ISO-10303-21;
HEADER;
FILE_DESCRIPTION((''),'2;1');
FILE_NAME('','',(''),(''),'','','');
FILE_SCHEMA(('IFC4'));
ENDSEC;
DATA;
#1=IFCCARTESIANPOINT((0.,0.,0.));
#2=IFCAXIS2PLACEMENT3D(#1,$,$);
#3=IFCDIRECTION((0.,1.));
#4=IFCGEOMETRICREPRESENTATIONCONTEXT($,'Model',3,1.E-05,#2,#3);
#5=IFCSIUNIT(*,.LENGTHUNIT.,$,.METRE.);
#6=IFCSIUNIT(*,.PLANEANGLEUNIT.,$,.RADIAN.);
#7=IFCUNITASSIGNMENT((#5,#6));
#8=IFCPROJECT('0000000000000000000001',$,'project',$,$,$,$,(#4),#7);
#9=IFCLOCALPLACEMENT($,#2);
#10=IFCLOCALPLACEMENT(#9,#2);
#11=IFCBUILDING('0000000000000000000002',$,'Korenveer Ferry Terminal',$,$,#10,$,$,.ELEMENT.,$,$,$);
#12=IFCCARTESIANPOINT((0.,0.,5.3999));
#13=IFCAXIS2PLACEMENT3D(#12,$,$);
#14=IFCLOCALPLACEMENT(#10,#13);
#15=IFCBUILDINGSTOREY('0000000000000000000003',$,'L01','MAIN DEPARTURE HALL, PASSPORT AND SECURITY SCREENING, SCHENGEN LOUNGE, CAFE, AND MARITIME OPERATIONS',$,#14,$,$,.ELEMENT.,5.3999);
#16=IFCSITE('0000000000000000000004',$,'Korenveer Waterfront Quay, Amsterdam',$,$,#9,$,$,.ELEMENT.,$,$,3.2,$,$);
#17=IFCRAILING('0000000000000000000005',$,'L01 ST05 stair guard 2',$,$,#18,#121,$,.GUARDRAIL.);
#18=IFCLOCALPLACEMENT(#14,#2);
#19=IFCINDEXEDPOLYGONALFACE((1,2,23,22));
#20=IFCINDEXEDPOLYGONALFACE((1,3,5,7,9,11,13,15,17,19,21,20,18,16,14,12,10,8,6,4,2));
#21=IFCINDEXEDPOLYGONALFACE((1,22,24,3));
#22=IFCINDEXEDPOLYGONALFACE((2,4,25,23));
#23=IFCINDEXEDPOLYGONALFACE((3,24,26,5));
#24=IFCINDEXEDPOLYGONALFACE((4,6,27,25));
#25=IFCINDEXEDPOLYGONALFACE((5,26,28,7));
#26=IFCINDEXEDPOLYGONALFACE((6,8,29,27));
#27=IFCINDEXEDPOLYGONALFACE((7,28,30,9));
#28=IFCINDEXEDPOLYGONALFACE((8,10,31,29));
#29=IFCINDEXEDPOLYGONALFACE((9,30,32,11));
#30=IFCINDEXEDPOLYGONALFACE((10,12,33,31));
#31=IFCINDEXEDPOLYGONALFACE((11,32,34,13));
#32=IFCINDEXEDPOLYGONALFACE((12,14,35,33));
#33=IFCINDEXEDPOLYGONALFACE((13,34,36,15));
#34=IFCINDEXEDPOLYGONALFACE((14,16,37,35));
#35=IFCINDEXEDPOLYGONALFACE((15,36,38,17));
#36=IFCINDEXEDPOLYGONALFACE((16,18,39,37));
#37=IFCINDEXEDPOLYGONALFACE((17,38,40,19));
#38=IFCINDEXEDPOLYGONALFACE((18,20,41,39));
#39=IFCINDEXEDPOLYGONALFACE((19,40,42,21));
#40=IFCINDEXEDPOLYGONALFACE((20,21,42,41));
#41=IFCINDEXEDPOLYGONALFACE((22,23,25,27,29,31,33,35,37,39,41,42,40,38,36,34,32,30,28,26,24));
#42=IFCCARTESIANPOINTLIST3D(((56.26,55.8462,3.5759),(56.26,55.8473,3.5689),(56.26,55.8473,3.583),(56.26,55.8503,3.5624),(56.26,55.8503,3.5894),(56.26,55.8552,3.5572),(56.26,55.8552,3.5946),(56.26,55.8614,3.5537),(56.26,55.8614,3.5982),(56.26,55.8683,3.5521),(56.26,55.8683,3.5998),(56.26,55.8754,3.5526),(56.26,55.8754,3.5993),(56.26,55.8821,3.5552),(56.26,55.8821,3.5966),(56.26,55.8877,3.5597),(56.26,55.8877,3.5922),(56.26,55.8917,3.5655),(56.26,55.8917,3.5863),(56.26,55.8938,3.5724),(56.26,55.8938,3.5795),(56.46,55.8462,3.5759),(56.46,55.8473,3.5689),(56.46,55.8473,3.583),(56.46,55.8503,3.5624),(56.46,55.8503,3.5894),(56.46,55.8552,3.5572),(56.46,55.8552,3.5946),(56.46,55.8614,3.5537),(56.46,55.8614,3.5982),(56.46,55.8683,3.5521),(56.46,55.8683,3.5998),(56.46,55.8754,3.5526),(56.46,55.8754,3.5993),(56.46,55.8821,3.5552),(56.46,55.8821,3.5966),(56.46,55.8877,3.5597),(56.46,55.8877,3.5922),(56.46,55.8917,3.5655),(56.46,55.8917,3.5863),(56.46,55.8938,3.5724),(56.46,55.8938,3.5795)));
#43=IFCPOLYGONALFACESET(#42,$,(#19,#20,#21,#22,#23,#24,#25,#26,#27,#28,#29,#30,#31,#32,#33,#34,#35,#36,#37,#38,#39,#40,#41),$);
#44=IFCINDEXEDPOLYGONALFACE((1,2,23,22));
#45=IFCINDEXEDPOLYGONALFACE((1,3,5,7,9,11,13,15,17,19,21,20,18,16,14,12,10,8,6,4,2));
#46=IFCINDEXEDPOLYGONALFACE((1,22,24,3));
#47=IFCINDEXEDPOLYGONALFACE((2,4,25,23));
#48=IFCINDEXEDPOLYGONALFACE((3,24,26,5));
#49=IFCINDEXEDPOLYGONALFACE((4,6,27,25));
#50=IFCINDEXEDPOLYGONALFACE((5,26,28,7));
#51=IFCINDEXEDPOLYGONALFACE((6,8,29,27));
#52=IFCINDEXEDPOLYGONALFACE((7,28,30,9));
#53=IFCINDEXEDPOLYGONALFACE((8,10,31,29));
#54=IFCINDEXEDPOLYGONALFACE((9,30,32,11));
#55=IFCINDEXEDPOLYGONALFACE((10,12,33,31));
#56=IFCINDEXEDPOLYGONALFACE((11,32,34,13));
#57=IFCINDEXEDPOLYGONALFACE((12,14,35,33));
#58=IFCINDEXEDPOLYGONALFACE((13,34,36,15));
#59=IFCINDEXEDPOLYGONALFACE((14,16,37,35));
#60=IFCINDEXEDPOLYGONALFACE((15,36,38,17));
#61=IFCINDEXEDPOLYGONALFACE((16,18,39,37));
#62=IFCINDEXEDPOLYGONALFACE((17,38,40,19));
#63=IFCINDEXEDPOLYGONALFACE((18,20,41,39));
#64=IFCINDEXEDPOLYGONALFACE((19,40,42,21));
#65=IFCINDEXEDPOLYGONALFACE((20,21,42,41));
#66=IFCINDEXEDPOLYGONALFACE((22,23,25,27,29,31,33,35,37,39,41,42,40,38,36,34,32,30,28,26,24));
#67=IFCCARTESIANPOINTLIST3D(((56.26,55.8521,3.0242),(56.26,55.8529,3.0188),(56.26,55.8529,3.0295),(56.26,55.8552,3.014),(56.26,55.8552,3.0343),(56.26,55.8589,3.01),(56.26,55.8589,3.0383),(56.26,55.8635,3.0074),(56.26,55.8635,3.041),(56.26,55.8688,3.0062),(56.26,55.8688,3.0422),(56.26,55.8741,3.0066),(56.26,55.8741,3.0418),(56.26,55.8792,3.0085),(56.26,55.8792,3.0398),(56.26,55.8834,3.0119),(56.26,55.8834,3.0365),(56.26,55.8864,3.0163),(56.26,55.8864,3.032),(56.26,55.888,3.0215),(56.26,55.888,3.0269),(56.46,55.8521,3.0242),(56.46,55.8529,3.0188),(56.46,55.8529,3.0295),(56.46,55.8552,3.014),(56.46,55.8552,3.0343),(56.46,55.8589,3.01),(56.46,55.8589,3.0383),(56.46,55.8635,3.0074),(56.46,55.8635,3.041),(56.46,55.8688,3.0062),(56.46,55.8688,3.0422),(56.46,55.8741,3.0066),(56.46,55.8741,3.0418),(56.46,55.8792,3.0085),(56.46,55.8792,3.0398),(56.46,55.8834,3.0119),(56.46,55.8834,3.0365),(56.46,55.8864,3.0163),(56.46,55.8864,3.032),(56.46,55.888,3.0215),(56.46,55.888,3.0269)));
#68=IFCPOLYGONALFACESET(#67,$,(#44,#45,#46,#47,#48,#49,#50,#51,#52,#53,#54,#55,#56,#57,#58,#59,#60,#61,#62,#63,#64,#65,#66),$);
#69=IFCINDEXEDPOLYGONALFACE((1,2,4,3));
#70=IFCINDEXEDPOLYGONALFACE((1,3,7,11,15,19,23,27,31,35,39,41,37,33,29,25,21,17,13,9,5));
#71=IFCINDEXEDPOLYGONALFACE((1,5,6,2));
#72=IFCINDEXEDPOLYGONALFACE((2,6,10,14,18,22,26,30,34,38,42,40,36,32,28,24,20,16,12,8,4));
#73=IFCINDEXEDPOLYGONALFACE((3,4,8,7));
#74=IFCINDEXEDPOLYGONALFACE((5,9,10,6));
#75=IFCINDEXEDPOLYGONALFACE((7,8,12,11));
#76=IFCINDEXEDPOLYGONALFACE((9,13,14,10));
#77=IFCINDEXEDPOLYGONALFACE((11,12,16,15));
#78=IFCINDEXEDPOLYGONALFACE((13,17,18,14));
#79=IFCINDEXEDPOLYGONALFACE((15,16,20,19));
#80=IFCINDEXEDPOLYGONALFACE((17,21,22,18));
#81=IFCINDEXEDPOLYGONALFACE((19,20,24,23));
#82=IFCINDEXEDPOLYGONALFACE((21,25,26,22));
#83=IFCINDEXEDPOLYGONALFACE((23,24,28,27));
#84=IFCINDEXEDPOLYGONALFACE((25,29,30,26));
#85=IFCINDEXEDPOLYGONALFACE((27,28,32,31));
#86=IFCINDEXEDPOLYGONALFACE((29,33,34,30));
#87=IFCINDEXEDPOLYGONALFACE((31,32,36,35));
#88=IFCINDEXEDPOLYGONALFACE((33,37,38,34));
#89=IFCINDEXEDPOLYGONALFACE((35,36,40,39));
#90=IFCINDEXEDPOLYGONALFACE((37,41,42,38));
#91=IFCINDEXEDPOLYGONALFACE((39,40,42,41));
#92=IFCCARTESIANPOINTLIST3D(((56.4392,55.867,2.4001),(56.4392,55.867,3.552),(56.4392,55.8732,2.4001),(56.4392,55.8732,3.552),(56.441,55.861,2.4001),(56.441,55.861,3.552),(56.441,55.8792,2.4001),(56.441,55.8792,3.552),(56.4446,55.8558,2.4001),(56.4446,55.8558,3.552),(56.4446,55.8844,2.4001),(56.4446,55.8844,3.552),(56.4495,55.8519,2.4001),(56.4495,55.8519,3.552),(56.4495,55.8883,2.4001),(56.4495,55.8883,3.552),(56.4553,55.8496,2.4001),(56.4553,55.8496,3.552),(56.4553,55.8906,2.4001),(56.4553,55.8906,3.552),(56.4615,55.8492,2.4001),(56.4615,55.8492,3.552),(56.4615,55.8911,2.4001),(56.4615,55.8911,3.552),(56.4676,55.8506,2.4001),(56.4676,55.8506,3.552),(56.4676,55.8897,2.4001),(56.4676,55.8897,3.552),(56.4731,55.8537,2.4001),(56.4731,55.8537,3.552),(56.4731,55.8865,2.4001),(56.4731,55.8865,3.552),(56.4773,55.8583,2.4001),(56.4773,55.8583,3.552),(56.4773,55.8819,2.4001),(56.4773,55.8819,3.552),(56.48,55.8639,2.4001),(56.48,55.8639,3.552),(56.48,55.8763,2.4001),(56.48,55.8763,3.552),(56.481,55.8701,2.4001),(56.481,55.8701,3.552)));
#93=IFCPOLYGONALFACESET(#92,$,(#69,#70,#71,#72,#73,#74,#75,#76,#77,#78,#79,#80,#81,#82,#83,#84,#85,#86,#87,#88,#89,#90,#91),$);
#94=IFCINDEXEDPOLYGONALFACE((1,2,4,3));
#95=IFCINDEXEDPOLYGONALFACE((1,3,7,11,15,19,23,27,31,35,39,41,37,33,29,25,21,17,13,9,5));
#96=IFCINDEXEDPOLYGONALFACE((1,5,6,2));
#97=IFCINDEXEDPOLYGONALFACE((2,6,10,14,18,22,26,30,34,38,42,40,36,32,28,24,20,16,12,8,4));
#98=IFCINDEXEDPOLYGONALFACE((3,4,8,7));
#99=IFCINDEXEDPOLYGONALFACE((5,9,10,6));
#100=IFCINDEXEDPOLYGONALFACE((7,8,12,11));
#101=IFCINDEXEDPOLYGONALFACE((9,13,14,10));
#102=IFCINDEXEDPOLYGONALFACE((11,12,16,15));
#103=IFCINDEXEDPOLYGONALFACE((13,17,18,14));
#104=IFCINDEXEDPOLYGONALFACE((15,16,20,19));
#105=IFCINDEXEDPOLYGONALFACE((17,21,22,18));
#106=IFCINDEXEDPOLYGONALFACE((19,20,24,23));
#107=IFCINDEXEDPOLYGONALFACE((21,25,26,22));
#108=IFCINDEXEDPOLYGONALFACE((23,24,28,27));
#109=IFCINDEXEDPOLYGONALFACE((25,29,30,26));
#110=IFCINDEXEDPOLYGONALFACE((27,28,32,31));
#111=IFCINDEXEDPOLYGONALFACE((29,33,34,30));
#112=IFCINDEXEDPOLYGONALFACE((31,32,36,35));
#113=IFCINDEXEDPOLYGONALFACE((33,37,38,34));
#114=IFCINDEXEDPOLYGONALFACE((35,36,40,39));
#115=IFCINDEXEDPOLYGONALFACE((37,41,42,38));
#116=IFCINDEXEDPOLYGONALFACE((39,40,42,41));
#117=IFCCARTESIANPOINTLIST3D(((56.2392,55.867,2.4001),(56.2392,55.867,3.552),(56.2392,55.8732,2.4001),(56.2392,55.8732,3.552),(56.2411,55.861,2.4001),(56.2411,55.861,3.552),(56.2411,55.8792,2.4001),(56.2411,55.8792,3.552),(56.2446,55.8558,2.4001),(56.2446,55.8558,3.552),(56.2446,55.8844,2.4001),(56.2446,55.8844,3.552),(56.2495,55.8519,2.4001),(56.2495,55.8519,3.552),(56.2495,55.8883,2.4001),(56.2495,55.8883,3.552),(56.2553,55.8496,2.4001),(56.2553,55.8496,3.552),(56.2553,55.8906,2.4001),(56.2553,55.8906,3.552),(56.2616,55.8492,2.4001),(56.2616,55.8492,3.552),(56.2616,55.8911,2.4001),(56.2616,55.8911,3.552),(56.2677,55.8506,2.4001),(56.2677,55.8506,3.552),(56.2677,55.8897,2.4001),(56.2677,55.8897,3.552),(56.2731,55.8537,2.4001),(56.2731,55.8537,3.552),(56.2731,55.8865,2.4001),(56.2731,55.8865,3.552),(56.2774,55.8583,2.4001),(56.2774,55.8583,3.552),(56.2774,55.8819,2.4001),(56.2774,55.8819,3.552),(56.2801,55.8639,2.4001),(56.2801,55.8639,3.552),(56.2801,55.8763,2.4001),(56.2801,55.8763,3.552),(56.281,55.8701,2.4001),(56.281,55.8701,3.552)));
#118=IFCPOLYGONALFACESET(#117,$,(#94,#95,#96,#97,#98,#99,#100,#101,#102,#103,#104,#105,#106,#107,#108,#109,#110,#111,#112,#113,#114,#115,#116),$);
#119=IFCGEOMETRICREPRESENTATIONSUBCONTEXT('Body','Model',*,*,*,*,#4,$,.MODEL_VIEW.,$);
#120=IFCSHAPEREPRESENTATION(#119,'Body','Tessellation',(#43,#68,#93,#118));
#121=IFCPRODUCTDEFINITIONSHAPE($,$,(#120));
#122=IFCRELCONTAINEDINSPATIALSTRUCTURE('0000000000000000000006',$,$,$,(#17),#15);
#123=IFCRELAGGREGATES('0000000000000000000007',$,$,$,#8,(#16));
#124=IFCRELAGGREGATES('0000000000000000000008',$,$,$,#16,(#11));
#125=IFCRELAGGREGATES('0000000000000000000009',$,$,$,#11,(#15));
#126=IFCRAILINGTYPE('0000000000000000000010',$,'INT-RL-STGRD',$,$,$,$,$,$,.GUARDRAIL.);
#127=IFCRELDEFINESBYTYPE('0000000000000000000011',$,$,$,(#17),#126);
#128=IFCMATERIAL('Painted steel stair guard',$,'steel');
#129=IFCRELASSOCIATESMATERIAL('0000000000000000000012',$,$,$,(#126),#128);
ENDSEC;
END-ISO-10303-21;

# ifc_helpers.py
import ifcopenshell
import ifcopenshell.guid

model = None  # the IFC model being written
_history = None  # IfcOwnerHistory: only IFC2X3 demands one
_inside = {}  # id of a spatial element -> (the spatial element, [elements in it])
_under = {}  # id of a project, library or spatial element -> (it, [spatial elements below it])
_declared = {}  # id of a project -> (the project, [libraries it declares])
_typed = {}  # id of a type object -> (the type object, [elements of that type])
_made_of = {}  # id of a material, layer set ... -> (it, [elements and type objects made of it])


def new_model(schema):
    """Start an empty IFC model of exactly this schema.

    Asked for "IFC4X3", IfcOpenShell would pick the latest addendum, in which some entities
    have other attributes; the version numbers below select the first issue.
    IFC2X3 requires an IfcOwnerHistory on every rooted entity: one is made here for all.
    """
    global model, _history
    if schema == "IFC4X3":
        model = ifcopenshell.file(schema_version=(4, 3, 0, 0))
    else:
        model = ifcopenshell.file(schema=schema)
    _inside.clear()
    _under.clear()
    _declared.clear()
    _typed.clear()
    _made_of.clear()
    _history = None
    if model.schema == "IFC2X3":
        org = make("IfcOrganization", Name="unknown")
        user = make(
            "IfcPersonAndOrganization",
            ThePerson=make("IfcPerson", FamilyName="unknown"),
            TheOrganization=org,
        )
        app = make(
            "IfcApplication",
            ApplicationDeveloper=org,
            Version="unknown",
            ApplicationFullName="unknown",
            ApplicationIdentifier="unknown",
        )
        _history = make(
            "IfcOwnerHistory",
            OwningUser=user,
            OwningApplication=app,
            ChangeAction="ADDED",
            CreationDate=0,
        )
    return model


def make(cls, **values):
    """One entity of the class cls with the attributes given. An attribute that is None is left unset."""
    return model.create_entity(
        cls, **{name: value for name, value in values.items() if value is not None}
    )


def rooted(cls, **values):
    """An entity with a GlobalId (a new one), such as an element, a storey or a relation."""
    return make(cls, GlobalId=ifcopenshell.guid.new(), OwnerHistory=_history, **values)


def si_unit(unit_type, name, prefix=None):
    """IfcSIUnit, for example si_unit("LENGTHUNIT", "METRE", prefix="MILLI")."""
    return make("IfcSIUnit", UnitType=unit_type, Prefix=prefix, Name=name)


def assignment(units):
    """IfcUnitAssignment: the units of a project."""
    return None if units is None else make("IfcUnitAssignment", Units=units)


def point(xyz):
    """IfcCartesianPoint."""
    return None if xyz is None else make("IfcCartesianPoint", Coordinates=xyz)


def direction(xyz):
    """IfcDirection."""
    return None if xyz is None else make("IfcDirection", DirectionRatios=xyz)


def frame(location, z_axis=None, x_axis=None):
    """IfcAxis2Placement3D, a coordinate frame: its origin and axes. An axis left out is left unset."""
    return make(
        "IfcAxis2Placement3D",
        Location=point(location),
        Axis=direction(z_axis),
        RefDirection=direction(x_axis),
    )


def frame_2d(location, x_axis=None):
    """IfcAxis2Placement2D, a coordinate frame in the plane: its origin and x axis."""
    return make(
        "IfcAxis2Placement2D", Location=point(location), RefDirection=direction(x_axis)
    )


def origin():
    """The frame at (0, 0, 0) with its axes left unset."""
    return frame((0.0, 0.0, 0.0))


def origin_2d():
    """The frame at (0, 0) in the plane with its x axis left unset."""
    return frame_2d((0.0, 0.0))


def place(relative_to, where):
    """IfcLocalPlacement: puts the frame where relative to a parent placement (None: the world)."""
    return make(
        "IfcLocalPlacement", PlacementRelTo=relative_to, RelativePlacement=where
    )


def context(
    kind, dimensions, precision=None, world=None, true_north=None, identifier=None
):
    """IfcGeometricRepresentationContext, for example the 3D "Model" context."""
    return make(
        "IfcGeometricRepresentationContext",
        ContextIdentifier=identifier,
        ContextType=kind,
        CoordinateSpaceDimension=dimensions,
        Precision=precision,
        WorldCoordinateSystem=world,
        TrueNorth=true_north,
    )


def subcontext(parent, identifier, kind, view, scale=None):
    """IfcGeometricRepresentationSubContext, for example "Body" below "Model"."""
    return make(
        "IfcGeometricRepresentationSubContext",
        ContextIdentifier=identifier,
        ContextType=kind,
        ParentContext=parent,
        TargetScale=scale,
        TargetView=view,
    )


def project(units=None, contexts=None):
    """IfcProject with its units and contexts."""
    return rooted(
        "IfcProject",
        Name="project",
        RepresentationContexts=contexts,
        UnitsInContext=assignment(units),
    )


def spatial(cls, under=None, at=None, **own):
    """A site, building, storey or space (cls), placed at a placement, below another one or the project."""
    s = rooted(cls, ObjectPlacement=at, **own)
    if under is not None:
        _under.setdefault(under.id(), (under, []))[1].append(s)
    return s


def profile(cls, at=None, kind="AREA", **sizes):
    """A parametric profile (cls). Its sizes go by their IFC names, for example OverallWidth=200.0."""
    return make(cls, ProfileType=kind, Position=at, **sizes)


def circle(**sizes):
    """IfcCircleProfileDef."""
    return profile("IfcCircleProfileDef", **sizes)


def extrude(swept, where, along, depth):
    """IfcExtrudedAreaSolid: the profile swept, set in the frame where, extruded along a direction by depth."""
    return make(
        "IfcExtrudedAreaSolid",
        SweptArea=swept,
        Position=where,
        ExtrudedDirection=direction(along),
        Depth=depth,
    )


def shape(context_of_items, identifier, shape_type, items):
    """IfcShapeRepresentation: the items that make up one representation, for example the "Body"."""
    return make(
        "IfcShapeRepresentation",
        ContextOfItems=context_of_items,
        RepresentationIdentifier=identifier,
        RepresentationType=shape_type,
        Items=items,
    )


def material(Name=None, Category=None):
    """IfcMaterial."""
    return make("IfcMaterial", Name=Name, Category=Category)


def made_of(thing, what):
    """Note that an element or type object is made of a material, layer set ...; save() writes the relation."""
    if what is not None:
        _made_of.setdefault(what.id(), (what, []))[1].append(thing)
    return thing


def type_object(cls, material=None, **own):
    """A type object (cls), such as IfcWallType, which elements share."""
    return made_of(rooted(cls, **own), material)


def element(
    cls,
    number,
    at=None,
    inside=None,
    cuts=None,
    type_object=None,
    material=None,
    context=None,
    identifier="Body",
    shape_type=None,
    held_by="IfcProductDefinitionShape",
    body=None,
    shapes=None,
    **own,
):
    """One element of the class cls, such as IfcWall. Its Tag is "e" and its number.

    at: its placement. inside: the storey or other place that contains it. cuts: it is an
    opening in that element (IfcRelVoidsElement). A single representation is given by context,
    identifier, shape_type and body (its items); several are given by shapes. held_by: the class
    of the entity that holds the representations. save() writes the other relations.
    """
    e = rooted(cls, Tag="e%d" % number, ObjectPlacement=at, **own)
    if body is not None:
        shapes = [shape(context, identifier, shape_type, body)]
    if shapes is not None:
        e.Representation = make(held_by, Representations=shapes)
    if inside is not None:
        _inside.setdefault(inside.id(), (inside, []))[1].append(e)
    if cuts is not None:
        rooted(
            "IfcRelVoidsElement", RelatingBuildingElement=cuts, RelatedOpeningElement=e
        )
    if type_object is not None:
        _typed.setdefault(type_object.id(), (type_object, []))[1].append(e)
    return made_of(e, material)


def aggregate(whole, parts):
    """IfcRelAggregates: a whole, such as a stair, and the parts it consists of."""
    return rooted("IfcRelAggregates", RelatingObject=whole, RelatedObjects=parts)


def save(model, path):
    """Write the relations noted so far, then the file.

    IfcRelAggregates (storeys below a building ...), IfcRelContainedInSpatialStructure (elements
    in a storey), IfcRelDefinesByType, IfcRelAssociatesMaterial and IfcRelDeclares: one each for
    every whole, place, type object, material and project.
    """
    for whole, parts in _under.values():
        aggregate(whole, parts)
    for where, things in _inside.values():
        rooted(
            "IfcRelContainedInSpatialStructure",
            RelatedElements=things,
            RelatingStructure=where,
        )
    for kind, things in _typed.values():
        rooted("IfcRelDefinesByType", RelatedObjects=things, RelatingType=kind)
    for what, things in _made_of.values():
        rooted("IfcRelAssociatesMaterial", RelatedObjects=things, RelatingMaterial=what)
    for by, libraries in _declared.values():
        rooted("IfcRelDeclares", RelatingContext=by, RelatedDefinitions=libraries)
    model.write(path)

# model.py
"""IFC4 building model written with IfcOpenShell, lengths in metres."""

from ifc_helpers import new_model, si_unit, direction, frame, origin, origin_2d, place, context, subcontext, project, spatial, circle, extrude, material, type_object, element, save


model = new_model("IFC4")

# Units and contexts
model_context = context("Model", 3, precision=1e-05, world=origin(), true_north=direction((0.0, 1.0)))
body_context = subcontext(model_context, "Body", "Model", "MODEL_VIEW")
ifc_project = project(units=[si_unit("LENGTHUNIT", "METRE"), si_unit("PLANEANGLEUNIT", "RADIAN")], contexts=[model_context])

# Site, building, storey
site_placement = place(None, origin())
site = spatial("IfcSite", under=ifc_project, at=site_placement, Name="Korenveer Waterfront Quay, Amsterdam", CompositionType="ELEMENT", RefElevation=3.2)
building_placement = place(site_placement, origin())
building = spatial("IfcBuilding", under=site, at=building_placement, Name="Korenveer Ferry Terminal", CompositionType="ELEMENT")
storey_placement = place(building_placement, frame((0.0, 0.0, 5.3999)))
storey = spatial("IfcBuildingStorey", under=building, at=storey_placement, Name="L01", Description="MAIN DEPARTURE HALL, PASSPORT AND SECURITY SCREENING, SCHENGEN LOUNGE, CAFE, AND MARITIME OPERATIONS", CompositionType="ELEMENT", Elevation=5.3999)

# Railing
ifc_material_1 = material(Name="Painted steel stair guard", Category="steel")
railing_type_1 = type_object("IfcRailingType", Name="INT-RL-STGRD", PredefinedType="GUARDRAIL", material=ifc_material_1)
railing_1_placement = place(storey_placement, frame((56.46, 55.8701, 2.4001)))
element("IfcRailing", 1, at=railing_1_placement, inside=storey, type_object=railing_type_1, Name="L01 ST05 stair guard 2", PredefinedType="GUARDRAIL", context=body_context, shape_type="SweptSolid", body=[
    extrude(circle(Radius=0.0239, at=origin_2d()), frame((0.0, 0.0, 1.1758), z_axis=(-1.0, 0.0, 0.0), x_axis=(0.0, -1.0, 0.0)), (0.0, 0.0, 1.0), 0.2),
    extrude(circle(Radius=0.0181, at=origin_2d()), frame((0.0, 0.0, 0.624), z_axis=(-1.0, 0.0, 0.0), x_axis=(0.0, -1.0, 0.0)), (0.0, 0.0, 1.0), 0.2),
    extrude(circle(Radius=0.021, at=origin_2d()), origin(), (0.0, 0.0, 1.0), 1.1519),
    extrude(circle(Radius=0.021, at=origin_2d()), frame((-0.2, 0.0, 0.0)), (0.0, 0.0, 1.0), 1.1519),
])

save(model, "model.ifc")
